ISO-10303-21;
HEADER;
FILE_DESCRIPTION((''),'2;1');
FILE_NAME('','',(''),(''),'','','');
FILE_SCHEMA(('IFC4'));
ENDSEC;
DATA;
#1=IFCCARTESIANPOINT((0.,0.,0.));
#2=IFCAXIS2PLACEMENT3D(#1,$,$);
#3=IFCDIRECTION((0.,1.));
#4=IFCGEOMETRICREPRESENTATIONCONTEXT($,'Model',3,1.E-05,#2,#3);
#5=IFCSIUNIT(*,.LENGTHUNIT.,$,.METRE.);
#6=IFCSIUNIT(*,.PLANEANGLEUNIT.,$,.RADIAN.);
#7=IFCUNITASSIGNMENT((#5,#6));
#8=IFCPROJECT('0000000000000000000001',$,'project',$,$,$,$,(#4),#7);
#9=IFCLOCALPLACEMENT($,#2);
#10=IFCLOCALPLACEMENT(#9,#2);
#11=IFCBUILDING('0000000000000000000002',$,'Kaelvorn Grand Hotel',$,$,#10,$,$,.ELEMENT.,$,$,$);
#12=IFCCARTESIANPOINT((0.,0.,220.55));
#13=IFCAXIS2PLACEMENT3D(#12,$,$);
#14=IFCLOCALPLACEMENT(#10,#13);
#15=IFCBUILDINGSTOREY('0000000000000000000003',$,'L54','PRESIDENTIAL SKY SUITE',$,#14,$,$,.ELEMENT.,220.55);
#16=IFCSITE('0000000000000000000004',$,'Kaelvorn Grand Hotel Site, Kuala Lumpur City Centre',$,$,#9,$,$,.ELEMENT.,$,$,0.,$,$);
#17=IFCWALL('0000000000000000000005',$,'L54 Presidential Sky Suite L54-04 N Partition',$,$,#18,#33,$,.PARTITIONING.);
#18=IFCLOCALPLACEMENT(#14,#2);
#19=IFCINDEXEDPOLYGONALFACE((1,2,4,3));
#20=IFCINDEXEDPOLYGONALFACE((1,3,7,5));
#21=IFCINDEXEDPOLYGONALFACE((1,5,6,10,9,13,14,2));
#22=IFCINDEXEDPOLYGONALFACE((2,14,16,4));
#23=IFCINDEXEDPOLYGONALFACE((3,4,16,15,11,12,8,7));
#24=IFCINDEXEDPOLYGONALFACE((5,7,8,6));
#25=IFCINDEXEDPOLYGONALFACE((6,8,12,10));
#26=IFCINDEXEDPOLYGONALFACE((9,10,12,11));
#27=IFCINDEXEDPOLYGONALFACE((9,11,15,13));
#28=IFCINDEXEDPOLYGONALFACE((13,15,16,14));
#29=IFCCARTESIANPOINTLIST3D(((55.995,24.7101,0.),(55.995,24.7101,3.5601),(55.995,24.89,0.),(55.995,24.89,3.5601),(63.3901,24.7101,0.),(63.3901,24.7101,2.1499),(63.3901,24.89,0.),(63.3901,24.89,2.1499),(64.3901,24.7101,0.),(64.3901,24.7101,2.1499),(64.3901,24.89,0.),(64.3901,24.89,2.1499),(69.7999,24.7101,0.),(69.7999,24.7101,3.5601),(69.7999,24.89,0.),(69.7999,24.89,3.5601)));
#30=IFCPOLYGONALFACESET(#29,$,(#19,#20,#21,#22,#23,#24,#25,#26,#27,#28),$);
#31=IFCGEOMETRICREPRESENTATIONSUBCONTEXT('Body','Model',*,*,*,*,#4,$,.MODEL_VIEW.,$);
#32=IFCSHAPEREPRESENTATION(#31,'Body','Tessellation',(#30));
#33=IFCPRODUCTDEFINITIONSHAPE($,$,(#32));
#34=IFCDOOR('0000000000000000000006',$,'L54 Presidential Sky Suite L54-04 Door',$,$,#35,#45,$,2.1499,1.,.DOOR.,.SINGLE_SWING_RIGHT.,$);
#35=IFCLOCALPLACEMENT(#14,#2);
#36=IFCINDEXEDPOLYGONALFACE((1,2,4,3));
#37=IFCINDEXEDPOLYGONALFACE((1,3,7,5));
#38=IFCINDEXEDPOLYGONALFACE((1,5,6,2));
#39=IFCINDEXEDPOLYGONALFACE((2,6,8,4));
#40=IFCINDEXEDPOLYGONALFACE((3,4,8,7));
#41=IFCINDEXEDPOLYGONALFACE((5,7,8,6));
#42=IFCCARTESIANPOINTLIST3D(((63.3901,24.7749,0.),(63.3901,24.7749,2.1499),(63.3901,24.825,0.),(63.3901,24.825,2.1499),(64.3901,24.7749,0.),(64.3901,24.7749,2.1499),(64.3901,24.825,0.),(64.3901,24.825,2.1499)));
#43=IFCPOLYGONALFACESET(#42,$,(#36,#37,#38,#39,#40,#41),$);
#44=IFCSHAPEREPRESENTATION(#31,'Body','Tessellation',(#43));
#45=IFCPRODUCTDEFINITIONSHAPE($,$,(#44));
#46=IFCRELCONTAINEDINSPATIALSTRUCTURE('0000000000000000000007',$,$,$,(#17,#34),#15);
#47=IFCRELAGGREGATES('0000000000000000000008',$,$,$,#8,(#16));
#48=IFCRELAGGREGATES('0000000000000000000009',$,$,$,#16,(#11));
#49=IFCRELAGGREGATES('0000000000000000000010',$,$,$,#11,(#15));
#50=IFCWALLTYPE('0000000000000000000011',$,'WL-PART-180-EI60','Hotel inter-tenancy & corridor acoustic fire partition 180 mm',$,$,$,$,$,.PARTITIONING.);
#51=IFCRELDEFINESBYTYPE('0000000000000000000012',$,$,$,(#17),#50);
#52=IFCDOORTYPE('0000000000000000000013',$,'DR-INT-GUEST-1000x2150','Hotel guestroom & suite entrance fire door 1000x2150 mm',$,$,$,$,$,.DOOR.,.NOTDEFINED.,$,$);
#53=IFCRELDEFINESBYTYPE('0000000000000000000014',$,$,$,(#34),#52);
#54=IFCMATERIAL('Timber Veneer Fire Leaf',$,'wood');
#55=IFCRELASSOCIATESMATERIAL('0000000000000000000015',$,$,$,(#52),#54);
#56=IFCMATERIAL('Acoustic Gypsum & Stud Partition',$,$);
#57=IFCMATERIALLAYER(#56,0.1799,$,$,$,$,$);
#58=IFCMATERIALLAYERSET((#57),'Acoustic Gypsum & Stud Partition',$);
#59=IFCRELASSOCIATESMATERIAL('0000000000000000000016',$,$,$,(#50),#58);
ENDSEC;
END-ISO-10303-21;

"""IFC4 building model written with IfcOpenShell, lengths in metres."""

from ifc_helpers import new_model, si_unit, direction, frame, frame_2d, origin, place, context, subcontext, project, spatial, rectangle, extrude, material, layer, layer_set, type_object, element, fill, save


model = new_model("IFC4")

# Units and contexts
model_context = context("Model", 3, precision=1e-05, world=origin(), true_north=direction((0.0, 1.0)))
body_context = subcontext(model_context, "Body", "Model", "MODEL_VIEW")
ifc_project = project(units=[si_unit("LENGTHUNIT", "METRE"), si_unit("PLANEANGLEUNIT", "RADIAN")], contexts=[model_context])

# Site, building, storey
site_placement = place(None, origin())
site = spatial("IfcSite", under=ifc_project, at=site_placement, Name="Kaelvorn Grand Hotel Site, Kuala Lumpur City Centre", CompositionType="ELEMENT", RefElevation=0.0)
building_placement = place(site_placement, origin())
building = spatial("IfcBuilding", under=site, at=building_placement, Name="Kaelvorn Grand Hotel", CompositionType="ELEMENT")
storey_placement = place(building_placement, frame((0.0, 0.0, 220.55)))
storey = spatial("IfcBuildingStorey", under=building, at=storey_placement, Name="L54", Description="PRESIDENTIAL SKY SUITE", CompositionType="ELEMENT", Elevation=220.55)

# Shared definitions
ifc_material_1 = material(Name="Acoustic Gypsum & Stud Partition")
ifc_material_2 = material(Name="Timber Veneer Fire Leaf", Category="wood")
door_type_1 = type_object("IfcDoorType", Name="DR-INT-GUEST-1000x2150", Description="Hotel guestroom & suite entrance fire door 1000x2150 mm", OperationType="NOTDEFINED", PredefinedType="DOOR", material=ifc_material_2)

# Wall, opening, door
ifc_layer_1 = layer(ifc_material_1, 0.1799)
ifc_layer_set_1 = layer_set([ifc_layer_1], Name="Acoustic Gypsum & Stud Partition")
wall_type_1 = type_object("IfcWallType", Name="WL-PART-180-EI60", Description="Hotel inter-tenancy & corridor acoustic fire partition 180 mm", PredefinedType="PARTITIONING", material=ifc_layer_set_1)
wall_1_placement = place(storey_placement, frame((55.9951, 24.8, 0.0), z_axis=(0.0, 0.0, 1.0), x_axis=(1.0, 0.0, 0.0)))
wall_1 = element("IfcWall", 1, at=wall_1_placement, inside=storey, type_object=wall_type_1, Name="L54 Presidential Sky Suite L54-04 N Partition", PredefinedType="PARTITIONING", context=body_context, shape_type="SweptSolid", body=[
    extrude(rectangle(XDim=13.8049, YDim=0.1799, at=frame_2d((6.9023, 0.0))), origin(), (0.0, 0.0, 1.0), 3.5601),
])
opening_1_placement = place(wall_1_placement, frame((7.395, 0.0, 0.0)))
opening_1 = element("IfcOpeningElement", 2, at=opening_1_placement, cuts=wall_1, PredefinedType="OPENING", context=body_context, shape_type="SweptSolid", body=[
    extrude(rectangle(XDim=1.0, YDim=2.1499, at=frame_2d((0.5, 1.075))), frame((0.0, 0.1001, 0.0), z_axis=(0.0, -1.0, 0.0), x_axis=(1.0, 0.0, 0.0)), (0.0, 0.0, 1.0), 0.2),
])
door_1_placement = place(opening_1_placement, origin())
door_1 = element("IfcDoor", 3, at=door_1_placement, inside=storey, type_object=door_type_1, Name="L54 Presidential Sky Suite L54-04 Door", OperationType="SINGLE_SWING_RIGHT", OverallHeight=2.1499, OverallWidth=1.0, PredefinedType="DOOR", context=body_context, shape_type="SweptSolid", body=[
    extrude(rectangle(XDim=1.0, YDim=2.1499, at=frame_2d((0.5, 1.075))), frame((0.0, 0.0249, 0.0), z_axis=(0.0, -1.0, 0.0), x_axis=(1.0, 0.0, 0.0)), (0.0, 0.0, 1.0), 0.05),
])
fill(opening_1, door_1)

save(model, "model.ifc")
